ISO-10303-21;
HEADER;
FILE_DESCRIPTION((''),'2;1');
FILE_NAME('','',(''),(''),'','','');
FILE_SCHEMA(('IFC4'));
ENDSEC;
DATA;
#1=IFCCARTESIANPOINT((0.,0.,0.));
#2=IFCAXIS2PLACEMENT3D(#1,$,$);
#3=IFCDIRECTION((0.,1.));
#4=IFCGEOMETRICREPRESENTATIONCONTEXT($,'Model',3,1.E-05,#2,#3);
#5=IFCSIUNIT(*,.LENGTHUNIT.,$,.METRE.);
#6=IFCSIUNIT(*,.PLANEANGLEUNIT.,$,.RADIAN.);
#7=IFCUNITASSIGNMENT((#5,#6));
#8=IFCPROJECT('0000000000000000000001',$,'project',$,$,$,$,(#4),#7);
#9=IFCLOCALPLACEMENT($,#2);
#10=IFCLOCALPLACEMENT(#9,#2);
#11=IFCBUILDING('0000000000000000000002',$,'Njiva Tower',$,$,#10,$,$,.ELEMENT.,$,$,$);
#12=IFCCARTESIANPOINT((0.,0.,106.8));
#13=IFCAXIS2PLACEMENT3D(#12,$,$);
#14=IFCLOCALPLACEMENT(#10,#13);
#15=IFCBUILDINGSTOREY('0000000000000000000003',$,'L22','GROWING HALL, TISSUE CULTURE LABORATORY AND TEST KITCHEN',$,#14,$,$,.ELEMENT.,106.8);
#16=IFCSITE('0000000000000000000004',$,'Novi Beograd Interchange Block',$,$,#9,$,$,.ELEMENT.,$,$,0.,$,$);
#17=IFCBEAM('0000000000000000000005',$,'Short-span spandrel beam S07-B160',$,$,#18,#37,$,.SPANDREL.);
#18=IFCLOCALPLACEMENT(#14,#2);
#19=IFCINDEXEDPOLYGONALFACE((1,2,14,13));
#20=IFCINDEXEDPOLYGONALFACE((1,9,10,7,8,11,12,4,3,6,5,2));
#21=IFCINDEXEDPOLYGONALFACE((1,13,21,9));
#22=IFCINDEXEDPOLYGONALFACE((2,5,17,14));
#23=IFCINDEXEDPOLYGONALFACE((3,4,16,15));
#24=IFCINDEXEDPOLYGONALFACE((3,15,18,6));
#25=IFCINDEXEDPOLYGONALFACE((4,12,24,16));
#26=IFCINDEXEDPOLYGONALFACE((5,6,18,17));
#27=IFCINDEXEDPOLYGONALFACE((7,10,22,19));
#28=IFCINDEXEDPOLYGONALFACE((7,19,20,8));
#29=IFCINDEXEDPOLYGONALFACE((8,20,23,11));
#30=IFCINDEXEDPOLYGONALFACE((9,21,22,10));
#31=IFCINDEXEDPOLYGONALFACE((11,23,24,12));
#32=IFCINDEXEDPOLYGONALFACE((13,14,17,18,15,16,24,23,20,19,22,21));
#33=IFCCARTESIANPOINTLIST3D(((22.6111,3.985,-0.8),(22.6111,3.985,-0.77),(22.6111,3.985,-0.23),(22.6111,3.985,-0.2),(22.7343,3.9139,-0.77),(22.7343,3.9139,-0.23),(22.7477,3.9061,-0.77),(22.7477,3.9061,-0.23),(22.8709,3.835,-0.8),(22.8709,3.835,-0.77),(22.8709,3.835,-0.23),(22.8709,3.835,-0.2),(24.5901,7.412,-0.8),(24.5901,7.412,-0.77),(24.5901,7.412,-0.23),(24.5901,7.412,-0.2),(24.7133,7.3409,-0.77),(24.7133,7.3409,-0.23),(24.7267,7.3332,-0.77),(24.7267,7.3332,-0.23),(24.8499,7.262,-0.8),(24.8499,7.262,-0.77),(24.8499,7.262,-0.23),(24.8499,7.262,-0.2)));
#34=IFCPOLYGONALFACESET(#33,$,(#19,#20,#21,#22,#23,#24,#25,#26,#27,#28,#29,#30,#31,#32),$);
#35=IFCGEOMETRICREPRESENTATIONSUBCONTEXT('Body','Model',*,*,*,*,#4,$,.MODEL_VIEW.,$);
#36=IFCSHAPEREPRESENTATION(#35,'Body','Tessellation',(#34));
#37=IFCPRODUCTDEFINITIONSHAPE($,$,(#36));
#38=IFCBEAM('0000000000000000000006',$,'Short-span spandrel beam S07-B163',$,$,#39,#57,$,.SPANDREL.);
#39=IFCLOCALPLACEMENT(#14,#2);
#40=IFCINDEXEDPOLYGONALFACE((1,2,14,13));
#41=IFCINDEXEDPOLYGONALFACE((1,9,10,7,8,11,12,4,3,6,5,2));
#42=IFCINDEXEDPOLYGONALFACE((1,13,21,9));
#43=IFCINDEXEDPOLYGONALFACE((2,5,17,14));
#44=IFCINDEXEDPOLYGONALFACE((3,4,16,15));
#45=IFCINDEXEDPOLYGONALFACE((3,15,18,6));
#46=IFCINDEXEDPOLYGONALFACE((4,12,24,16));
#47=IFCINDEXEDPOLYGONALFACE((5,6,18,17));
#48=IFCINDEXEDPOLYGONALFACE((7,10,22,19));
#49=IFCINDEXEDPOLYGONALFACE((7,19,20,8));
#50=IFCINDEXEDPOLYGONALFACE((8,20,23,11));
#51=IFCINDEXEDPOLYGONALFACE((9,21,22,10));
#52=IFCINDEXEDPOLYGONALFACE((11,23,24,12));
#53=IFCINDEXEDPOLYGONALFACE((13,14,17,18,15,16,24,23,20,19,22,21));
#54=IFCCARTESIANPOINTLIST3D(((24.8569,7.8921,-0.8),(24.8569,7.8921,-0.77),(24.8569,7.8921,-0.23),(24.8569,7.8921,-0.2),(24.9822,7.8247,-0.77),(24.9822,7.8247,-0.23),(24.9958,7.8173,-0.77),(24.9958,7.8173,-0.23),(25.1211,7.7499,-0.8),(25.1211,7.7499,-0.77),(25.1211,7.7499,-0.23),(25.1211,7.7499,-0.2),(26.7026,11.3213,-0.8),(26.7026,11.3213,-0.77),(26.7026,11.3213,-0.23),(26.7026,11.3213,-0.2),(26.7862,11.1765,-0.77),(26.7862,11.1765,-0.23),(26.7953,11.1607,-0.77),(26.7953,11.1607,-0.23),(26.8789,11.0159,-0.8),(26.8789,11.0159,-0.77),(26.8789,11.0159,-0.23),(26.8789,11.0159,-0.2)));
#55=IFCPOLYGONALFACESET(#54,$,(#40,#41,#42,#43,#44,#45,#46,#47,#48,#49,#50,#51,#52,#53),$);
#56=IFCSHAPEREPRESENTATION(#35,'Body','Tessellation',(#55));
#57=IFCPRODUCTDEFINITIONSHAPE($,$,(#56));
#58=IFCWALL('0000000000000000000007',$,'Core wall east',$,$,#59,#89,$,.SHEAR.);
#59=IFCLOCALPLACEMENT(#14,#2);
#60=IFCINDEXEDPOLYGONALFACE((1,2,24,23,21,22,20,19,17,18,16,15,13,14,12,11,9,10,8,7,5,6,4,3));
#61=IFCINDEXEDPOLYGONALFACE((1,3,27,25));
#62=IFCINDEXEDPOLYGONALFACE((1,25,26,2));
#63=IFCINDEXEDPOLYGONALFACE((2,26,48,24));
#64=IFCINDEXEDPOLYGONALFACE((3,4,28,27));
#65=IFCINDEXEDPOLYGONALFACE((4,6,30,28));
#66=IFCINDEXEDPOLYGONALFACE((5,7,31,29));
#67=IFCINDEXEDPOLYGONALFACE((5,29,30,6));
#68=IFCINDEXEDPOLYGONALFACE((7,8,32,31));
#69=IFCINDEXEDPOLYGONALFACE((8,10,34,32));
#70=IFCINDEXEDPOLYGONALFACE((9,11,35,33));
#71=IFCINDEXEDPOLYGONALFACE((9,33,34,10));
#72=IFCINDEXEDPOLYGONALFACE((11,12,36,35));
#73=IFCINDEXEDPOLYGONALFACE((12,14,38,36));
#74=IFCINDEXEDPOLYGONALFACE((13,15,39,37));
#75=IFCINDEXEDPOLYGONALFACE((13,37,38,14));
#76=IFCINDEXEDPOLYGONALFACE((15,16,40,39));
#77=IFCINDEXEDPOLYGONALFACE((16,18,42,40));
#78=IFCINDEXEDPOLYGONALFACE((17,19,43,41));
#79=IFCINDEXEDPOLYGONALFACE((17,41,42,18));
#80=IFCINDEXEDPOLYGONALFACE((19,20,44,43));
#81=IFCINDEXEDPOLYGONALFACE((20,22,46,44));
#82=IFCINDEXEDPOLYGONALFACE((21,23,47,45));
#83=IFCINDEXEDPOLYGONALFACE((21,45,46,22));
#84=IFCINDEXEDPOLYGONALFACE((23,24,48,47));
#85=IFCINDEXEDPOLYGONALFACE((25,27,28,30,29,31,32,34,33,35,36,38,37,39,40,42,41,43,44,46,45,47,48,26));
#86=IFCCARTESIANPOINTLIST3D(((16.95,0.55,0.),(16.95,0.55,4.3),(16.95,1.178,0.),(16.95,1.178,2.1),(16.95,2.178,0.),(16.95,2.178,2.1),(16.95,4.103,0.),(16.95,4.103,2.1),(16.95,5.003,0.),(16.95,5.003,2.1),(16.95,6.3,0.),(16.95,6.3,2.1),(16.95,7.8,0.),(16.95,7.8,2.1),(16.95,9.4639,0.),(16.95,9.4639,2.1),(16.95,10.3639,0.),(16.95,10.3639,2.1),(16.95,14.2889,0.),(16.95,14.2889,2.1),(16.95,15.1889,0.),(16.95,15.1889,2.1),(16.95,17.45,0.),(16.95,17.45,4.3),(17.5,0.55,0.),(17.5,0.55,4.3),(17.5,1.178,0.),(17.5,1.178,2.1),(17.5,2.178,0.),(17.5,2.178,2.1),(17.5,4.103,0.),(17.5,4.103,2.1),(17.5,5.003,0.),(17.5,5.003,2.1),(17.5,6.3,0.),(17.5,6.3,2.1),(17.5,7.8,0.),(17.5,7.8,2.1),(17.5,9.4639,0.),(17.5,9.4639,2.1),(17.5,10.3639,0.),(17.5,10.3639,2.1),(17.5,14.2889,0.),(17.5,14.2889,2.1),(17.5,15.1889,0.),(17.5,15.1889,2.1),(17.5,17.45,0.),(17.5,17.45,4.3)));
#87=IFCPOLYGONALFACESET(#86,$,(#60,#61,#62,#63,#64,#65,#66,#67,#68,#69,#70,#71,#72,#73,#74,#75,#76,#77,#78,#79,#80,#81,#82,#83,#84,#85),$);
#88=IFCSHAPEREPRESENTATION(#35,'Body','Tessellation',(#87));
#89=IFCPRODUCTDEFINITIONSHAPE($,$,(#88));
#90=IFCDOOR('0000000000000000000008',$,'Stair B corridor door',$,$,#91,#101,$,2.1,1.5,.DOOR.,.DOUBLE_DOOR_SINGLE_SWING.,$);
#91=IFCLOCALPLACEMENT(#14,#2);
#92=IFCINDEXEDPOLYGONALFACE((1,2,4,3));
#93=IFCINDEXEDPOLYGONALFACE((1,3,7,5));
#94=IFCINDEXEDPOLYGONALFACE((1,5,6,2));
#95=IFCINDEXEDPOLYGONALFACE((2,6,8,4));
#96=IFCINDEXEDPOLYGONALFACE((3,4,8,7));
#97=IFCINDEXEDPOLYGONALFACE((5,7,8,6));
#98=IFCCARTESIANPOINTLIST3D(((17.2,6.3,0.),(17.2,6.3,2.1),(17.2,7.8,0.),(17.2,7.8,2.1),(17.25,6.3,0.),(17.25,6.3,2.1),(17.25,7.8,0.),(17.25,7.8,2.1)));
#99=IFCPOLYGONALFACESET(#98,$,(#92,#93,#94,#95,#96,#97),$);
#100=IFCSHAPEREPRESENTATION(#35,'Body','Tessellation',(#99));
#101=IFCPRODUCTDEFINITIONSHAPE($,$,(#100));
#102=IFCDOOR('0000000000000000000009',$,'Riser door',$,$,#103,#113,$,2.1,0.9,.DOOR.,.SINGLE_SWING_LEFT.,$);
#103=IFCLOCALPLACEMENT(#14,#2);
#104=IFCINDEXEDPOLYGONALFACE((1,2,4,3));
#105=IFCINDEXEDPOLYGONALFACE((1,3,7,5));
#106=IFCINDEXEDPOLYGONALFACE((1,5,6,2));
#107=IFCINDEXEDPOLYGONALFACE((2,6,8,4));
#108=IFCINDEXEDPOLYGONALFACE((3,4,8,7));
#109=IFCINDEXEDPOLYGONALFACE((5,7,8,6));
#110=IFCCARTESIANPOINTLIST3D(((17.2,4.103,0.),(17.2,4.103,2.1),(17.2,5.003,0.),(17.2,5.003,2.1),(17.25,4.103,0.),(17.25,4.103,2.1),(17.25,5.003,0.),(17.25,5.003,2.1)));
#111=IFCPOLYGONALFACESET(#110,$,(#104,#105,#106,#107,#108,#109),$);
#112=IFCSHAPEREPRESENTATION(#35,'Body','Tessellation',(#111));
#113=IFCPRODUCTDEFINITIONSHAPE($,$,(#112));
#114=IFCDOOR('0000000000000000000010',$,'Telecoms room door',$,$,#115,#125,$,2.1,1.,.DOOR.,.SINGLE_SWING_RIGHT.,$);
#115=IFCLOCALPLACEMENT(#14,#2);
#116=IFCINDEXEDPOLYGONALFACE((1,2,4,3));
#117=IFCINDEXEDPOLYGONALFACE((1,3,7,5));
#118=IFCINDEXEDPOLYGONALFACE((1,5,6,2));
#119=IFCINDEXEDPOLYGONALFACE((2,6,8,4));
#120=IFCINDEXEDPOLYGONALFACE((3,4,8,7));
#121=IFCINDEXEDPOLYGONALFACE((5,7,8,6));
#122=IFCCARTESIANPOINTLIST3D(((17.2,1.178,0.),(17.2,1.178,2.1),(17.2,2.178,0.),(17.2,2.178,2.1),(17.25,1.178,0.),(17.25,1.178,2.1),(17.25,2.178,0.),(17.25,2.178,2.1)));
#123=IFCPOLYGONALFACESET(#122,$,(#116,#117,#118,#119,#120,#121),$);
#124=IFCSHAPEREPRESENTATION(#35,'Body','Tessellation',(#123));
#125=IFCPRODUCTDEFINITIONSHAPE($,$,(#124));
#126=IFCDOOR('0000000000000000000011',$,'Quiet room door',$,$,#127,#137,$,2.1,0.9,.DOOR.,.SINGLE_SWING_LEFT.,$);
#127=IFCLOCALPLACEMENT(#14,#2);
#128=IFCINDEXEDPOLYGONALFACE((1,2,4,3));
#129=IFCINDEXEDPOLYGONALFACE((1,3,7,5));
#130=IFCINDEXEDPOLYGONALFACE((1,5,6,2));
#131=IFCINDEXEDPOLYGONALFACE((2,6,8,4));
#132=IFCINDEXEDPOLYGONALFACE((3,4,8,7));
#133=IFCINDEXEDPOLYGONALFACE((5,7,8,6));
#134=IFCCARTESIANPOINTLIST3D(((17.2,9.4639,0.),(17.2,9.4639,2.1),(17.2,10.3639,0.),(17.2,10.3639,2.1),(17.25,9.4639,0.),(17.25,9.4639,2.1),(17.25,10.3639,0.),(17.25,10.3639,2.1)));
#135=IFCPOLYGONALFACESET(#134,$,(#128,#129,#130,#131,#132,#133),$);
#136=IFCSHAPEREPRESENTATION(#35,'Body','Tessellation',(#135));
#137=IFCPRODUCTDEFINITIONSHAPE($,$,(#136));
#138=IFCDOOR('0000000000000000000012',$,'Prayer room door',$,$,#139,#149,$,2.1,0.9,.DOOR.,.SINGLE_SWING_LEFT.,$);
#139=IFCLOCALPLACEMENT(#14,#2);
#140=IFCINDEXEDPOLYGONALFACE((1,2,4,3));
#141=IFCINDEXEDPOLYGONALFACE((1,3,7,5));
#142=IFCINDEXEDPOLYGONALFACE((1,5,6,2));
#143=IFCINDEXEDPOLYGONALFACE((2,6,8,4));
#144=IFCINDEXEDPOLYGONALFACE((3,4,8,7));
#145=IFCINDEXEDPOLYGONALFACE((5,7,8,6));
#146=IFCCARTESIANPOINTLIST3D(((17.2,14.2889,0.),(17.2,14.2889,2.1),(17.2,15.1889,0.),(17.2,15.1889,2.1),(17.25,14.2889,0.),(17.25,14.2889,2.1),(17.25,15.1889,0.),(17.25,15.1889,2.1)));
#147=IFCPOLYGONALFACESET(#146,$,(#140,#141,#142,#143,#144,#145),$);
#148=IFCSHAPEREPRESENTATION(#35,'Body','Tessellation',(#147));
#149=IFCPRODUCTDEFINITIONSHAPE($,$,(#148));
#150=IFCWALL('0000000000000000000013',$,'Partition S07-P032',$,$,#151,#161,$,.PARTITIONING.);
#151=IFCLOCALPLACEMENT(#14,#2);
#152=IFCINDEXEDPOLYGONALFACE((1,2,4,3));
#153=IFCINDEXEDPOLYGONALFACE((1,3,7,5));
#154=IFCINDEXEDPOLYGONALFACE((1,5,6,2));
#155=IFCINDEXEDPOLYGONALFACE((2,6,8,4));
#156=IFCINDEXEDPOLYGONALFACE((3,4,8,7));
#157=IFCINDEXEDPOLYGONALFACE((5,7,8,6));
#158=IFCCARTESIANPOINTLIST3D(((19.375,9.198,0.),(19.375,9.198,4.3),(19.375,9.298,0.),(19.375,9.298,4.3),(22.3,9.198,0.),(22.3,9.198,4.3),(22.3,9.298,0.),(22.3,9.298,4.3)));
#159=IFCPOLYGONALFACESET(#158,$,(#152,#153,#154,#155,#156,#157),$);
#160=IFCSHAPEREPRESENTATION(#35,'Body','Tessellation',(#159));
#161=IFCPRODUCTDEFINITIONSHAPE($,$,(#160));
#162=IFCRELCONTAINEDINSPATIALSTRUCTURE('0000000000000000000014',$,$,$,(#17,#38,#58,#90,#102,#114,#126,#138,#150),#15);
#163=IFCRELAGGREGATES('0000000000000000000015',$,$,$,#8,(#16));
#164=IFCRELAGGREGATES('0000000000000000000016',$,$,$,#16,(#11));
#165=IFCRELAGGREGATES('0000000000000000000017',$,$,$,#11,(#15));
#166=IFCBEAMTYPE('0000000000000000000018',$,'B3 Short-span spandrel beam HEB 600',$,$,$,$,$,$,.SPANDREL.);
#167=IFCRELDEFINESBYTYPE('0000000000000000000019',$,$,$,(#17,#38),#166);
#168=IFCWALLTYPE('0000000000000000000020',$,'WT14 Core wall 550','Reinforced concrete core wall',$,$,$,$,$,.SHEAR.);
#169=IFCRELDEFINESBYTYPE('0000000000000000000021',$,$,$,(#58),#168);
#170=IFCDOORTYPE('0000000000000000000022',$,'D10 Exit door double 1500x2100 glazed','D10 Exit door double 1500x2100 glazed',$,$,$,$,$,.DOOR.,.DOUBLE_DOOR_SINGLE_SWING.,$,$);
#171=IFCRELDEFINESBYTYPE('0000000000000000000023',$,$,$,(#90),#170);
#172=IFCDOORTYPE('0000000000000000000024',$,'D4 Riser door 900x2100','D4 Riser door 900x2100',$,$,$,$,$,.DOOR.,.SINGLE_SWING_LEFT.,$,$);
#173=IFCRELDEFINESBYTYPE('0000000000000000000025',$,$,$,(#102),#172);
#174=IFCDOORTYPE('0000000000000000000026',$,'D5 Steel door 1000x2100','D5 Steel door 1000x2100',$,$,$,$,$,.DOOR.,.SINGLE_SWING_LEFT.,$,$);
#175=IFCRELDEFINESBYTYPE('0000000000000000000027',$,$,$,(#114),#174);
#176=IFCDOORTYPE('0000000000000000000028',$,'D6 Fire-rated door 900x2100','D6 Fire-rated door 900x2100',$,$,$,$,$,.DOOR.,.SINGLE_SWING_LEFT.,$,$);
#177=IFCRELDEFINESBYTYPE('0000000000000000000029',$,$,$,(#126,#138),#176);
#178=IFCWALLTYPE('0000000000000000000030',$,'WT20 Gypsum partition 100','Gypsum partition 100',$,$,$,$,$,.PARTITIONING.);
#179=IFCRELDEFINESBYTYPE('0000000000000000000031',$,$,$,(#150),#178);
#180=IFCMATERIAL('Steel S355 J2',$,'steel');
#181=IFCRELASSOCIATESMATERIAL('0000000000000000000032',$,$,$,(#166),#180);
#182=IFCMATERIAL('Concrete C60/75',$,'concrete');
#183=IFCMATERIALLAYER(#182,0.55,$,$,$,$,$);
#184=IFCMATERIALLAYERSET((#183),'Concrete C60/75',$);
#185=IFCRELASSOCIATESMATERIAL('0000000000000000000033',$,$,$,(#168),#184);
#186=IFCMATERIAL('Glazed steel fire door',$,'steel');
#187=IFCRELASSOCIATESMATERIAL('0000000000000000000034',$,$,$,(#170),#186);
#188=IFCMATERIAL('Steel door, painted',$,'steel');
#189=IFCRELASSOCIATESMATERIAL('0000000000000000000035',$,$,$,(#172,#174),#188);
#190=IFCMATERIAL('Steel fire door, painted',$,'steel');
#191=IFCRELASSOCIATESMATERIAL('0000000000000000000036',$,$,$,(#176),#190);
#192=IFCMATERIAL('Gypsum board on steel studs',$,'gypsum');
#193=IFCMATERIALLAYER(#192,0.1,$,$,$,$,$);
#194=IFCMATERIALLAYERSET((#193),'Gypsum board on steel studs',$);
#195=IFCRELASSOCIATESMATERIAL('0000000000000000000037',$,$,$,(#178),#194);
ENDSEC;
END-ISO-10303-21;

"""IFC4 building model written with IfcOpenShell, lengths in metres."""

from ifc_helpers import new_model, si_unit, direction, frame, frame_2d, origin, origin_2d, place, context, subcontext, project, spatial, rectangle, i_section, extrude, clip, halfspace, material, layer, layer_set, material_profile, profile_set, type_object, element, fill, save


model = new_model("IFC4")

# Units and contexts
model_context = context("Model", 3, precision=1e-05, world=origin(), true_north=direction((0.0, 1.0)))
body_context = subcontext(model_context, "Body", "Model", "MODEL_VIEW")
ifc_project = project(units=[si_unit("LENGTHUNIT", "METRE"), si_unit("PLANEANGLEUNIT", "RADIAN")], contexts=[model_context])

# Site, building, storey
site_placement = place(None, origin())
site = spatial("IfcSite", under=ifc_project, at=site_placement, Name="Novi Beograd Interchange Block", CompositionType="ELEMENT", RefElevation=0.0)
building_placement = place(site_placement, origin())
building = spatial("IfcBuilding", under=site, at=building_placement, Name="Njiva Tower", CompositionType="ELEMENT")
storey_placement = place(building_placement, frame((0.0, 0.0, 106.8)))
storey = spatial("IfcBuildingStorey", under=building, at=storey_placement, Name="L22", Description="GROWING HALL, TISSUE CULTURE LABORATORY AND TEST KITCHEN", CompositionType="ELEMENT", Elevation=106.8)

# Shared definitions
ifc_material_1 = material(Name="Steel S355 J2", Category="steel")

# Beams
ifc_material_profile_1 = material_profile(ifc_material_1, i_section(OverallWidth=0.3, OverallDepth=0.6, WebThickness=0.0155, FlangeThickness=0.03, at=origin_2d()), Name="HEB 600")
ifc_profile_set_1 = profile_set([ifc_material_profile_1], Name="Steel S355 J2")
beam_type_1 = type_object("IfcBeamType", Name="B3 Short-span spandrel beam HEB 600", PredefinedType="SPANDREL", material=ifc_profile_set_1)
beam_1_placement = place(storey_placement, frame((22.741, 3.91, -0.5), z_axis=(0.50008, 0.865979, 0.0), x_axis=(-0.865979, 0.50008, 0.0)))
element("IfcBeam", 1, at=beam_1_placement, inside=storey, type_object=beam_type_1, Name="Short-span spandrel beam S07-B160", PredefinedType="SPANDREL", context=body_context, shape_type="SweptSolid", body=[
    extrude(i_section(OverallWidth=0.3, OverallDepth=0.6, WebThickness=0.0155, FlangeThickness=0.03, at=origin_2d()), origin(), (0.0, 0.0, 1.0), 3.9574),
])
beam_2_placement = place(storey_placement, frame((24.989, 7.821, -0.5), z_axis=(0.473943, 0.880556, 0.0), x_axis=(-0.880556, 0.473943, 0.0)))
element("IfcBeam", 2, at=beam_2_placement, inside=storey, type_object=beam_type_1, Name="Short-span spandrel beam S07-B163", PredefinedType="SPANDREL", context=body_context, shape_type="Clipping", body=[
    clip(extrude(i_section(OverallWidth=0.3, OverallDepth=0.6, WebThickness=0.0155, FlangeThickness=0.03, at=origin_2d()), origin(), (0.0, 0.0, 1.0), 3.9151), halfspace(frame((-0.026, 0.0, 3.7856), z_axis=(-0.525614, 0.0, 0.850723), x_axis=(0.0, 1.0, 0.0)), False)),
])

# Wall, openings, doors
ifc_material_2 = material(Name="Concrete C60/75", Category="concrete")
ifc_layer_1 = layer(ifc_material_2, 0.55)
ifc_layer_set_1 = layer_set([ifc_layer_1], Name="Concrete C60/75")
wall_type_1 = type_object("IfcWallType", Name="WT14 Core wall 550", Description="Reinforced concrete core wall", PredefinedType="SHEAR", material=ifc_layer_set_1)
wall_1_placement = place(storey_placement, frame((17.225, 0.55, 0.0), z_axis=(0.0, 0.0, 1.0), x_axis=(0.0, 1.0, 0.0)))
wall_1 = element("IfcWall", 3, at=wall_1_placement, inside=storey, type_object=wall_type_1, Name="Core wall east", PredefinedType="SHEAR", context=body_context, shape_type="SweptSolid", body=[
    extrude(rectangle(XDim=16.9, YDim=0.55, at=frame_2d((8.45, 0.0))), origin(), (0.0, 0.0, 1.0), 4.3),
])
opening_1_placement = place(wall_1_placement, frame((5.75, 0.0, 0.0)))
opening_1 = element("IfcOpeningElement", 4, at=opening_1_placement, cuts=wall_1, PredefinedType="OPENING", context=body_context, shape_type="SweptSolid", body=[
    extrude(rectangle(XDim=1.5, YDim=2.1, at=frame_2d((0.75, 1.05))), frame((0.0, 0.285, 0.0), z_axis=(0.0, -1.0, 0.0), x_axis=(1.0, 0.0, 0.0)), (0.0, 0.0, 1.0), 0.57),
])
opening_2_placement = place(wall_1_placement, frame((0.628, 0.0, 0.0)))
opening_2 = element("IfcOpeningElement", 5, at=opening_2_placement, cuts=wall_1, PredefinedType="OPENING", context=body_context, shape_type="SweptSolid", body=[
    extrude(rectangle(XDim=1.0, YDim=2.1, at=frame_2d((0.5, 1.05))), frame((0.0, 0.285, 0.0), z_axis=(0.0, -1.0, 0.0), x_axis=(1.0, 0.0, 0.0)), (0.0, 0.0, 1.0), 0.57),
])
opening_3_placement = place(wall_1_placement, frame((3.553, 0.0, 0.0)))
opening_3 = element("IfcOpeningElement", 6, at=opening_3_placement, cuts=wall_1, PredefinedType="OPENING", context=body_context, shape_type="SweptSolid", body=[
    extrude(rectangle(XDim=0.9, YDim=2.1, at=frame_2d((0.45, 1.05))), frame((0.0, 0.285, 0.0), z_axis=(0.0, -1.0, 0.0), x_axis=(1.0, 0.0, 0.0)), (0.0, 0.0, 1.0), 0.57),
])
opening_4_placement = place(wall_1_placement, frame((8.9139, 0.0, 0.0)))
opening_4 = element("IfcOpeningElement", 7, at=opening_4_placement, cuts=wall_1, PredefinedType="OPENING", context=body_context, shape_type="SweptSolid", body=[
    extrude(rectangle(XDim=0.9, YDim=2.1, at=frame_2d((0.45, 1.05))), frame((0.0, 0.285, 0.0), z_axis=(0.0, -1.0, 0.0), x_axis=(1.0, 0.0, 0.0)), (0.0, 0.0, 1.0), 0.57),
])
opening_5_placement = place(wall_1_placement, frame((13.7389, 0.0, 0.0)))
opening_5 = element("IfcOpeningElement", 8, at=opening_5_placement, cuts=wall_1, PredefinedType="OPENING", context=body_context, shape_type="SweptSolid", body=[
    extrude(rectangle(XDim=0.9, YDim=2.1, at=frame_2d((0.45, 1.05))), frame((0.0, 0.285, 0.0), z_axis=(0.0, -1.0, 0.0), x_axis=(1.0, 0.0, 0.0)), (0.0, 0.0, 1.0), 0.57),
])
ifc_material_3 = material(Name="Glazed steel fire door", Category="steel")
door_type_1 = type_object("IfcDoorType", Name="D10 Exit door double 1500x2100 glazed", Description="D10 Exit door double 1500x2100 glazed", OperationType="DOUBLE_DOOR_SINGLE_SWING", PredefinedType="DOOR", material=ifc_material_3)
door_1_placement = place(opening_1_placement, origin())
door_1 = element("IfcDoor", 9, at=door_1_placement, inside=storey, type_object=door_type_1, Name="Stair B corridor door", OperationType="DOUBLE_DOOR_SINGLE_SWING", OverallHeight=2.1, OverallWidth=1.5, PredefinedType="DOOR", context=body_context, shape_type="SweptSolid", body=[
    extrude(rectangle(XDim=1.5, YDim=2.1, at=frame_2d((0.75, 1.05))), frame((0.0, 0.025, 0.0), z_axis=(0.0, -1.0, 0.0), x_axis=(1.0, 0.0, 0.0)), (0.0, 0.0, 1.0), 0.05),
])
fill(opening_1, door_1)
ifc_material_4 = material(Name="Steel door, painted", Category="steel")
door_type_2 = type_object("IfcDoorType", Name="D4 Riser door 900x2100", Description="D4 Riser door 900x2100", OperationType="SINGLE_SWING_LEFT", PredefinedType="DOOR", material=ifc_material_4)
door_2_placement = place(opening_3_placement, origin())
door_2 = element("IfcDoor", 10, at=door_2_placement, inside=storey, type_object=door_type_2, Name="Riser door", OperationType="SINGLE_SWING_LEFT", OverallHeight=2.1, OverallWidth=0.9, PredefinedType="DOOR", context=body_context, shape_type="SweptSolid", body=[
    extrude(rectangle(XDim=0.9, YDim=2.1, at=frame_2d((0.45, 1.05))), frame((0.0, 0.025, 0.0), z_axis=(0.0, -1.0, 0.0), x_axis=(1.0, 0.0, 0.0)), (0.0, 0.0, 1.0), 0.05),
])
fill(opening_3, door_2)
door_type_3 = type_object("IfcDoorType", Name="D5 Steel door 1000x2100", Description="D5 Steel door 1000x2100", OperationType="SINGLE_SWING_LEFT", PredefinedType="DOOR", material=ifc_material_4)
door_3_placement = place(opening_2_placement, origin())
door_3 = element("IfcDoor", 11, at=door_3_placement, inside=storey, type_object=door_type_3, Name="Telecoms room door", OperationType="SINGLE_SWING_RIGHT", OverallHeight=2.1, OverallWidth=1.0, PredefinedType="DOOR", context=body_context, shape_type="SweptSolid", body=[
    extrude(rectangle(XDim=1.0, YDim=2.1, at=frame_2d((0.5, 1.05))), frame((0.0, 0.025, 0.0), z_axis=(0.0, -1.0, 0.0), x_axis=(1.0, 0.0, 0.0)), (0.0, 0.0, 1.0), 0.05),
])
fill(opening_2, door_3)
ifc_material_5 = material(Name="Steel fire door, painted", Category="steel")
door_type_4 = type_object("IfcDoorType", Name="D6 Fire-rated door 900x2100", Description="D6 Fire-rated door 900x2100", OperationType="SINGLE_SWING_LEFT", PredefinedType="DOOR", material=ifc_material_5)
door_4_placement = place(opening_4_placement, origin())
door_4 = element("IfcDoor", 12, at=door_4_placement, inside=storey, type_object=door_type_4, Name="Quiet room door", OperationType="SINGLE_SWING_LEFT", OverallHeight=2.1, OverallWidth=0.9, PredefinedType="DOOR", context=body_context, shape_type="SweptSolid", body=[
    extrude(rectangle(XDim=0.9, YDim=2.1, at=frame_2d((0.45, 1.05))), frame((0.0, 0.025, 0.0), z_axis=(0.0, -1.0, 0.0), x_axis=(1.0, 0.0, 0.0)), (0.0, 0.0, 1.0), 0.05),
])
fill(opening_4, door_4)
door_5_placement = place(opening_5_placement, origin())
door_5 = element("IfcDoor", 13, at=door_5_placement, inside=storey, type_object=door_type_4, Name="Prayer room door", OperationType="SINGLE_SWING_LEFT", OverallHeight=2.1, OverallWidth=0.9, PredefinedType="DOOR", context=body_context, shape_type="SweptSolid", body=[
    extrude(rectangle(XDim=0.9, YDim=2.1, at=frame_2d((0.45, 1.05))), frame((0.0, 0.025, 0.0), z_axis=(0.0, -1.0, 0.0), x_axis=(1.0, 0.0, 0.0)), (0.0, 0.0, 1.0), 0.05),
])
fill(opening_5, door_5)

# Wall
ifc_material_6 = material(Name="Gypsum board on steel studs", Category="gypsum")
ifc_layer_2 = layer(ifc_material_6, 0.1)
ifc_layer_set_2 = layer_set([ifc_layer_2], Name="Gypsum board on steel studs")
wall_type_2 = type_object("IfcWallType", Name="WT20 Gypsum partition 100", Description="Gypsum partition 100", PredefinedType="PARTITIONING", material=ifc_layer_set_2)
wall_2_placement = place(storey_placement, frame((19.375, 9.248, 0.0), z_axis=(0.0, 0.0, 1.0), x_axis=(1.0, 0.0, 0.0)))
element("IfcWall", 14, at=wall_2_placement, inside=storey, type_object=wall_type_2, Name="Partition S07-P032", PredefinedType="PARTITIONING", context=body_context, shape_type="SweptSolid", body=[
    extrude(rectangle(XDim=2.925, YDim=0.1, at=frame_2d((1.4625, 0.0))), origin(), (0.0, 0.0, 1.0), 4.3),
])

save(model, "model.ifc")
